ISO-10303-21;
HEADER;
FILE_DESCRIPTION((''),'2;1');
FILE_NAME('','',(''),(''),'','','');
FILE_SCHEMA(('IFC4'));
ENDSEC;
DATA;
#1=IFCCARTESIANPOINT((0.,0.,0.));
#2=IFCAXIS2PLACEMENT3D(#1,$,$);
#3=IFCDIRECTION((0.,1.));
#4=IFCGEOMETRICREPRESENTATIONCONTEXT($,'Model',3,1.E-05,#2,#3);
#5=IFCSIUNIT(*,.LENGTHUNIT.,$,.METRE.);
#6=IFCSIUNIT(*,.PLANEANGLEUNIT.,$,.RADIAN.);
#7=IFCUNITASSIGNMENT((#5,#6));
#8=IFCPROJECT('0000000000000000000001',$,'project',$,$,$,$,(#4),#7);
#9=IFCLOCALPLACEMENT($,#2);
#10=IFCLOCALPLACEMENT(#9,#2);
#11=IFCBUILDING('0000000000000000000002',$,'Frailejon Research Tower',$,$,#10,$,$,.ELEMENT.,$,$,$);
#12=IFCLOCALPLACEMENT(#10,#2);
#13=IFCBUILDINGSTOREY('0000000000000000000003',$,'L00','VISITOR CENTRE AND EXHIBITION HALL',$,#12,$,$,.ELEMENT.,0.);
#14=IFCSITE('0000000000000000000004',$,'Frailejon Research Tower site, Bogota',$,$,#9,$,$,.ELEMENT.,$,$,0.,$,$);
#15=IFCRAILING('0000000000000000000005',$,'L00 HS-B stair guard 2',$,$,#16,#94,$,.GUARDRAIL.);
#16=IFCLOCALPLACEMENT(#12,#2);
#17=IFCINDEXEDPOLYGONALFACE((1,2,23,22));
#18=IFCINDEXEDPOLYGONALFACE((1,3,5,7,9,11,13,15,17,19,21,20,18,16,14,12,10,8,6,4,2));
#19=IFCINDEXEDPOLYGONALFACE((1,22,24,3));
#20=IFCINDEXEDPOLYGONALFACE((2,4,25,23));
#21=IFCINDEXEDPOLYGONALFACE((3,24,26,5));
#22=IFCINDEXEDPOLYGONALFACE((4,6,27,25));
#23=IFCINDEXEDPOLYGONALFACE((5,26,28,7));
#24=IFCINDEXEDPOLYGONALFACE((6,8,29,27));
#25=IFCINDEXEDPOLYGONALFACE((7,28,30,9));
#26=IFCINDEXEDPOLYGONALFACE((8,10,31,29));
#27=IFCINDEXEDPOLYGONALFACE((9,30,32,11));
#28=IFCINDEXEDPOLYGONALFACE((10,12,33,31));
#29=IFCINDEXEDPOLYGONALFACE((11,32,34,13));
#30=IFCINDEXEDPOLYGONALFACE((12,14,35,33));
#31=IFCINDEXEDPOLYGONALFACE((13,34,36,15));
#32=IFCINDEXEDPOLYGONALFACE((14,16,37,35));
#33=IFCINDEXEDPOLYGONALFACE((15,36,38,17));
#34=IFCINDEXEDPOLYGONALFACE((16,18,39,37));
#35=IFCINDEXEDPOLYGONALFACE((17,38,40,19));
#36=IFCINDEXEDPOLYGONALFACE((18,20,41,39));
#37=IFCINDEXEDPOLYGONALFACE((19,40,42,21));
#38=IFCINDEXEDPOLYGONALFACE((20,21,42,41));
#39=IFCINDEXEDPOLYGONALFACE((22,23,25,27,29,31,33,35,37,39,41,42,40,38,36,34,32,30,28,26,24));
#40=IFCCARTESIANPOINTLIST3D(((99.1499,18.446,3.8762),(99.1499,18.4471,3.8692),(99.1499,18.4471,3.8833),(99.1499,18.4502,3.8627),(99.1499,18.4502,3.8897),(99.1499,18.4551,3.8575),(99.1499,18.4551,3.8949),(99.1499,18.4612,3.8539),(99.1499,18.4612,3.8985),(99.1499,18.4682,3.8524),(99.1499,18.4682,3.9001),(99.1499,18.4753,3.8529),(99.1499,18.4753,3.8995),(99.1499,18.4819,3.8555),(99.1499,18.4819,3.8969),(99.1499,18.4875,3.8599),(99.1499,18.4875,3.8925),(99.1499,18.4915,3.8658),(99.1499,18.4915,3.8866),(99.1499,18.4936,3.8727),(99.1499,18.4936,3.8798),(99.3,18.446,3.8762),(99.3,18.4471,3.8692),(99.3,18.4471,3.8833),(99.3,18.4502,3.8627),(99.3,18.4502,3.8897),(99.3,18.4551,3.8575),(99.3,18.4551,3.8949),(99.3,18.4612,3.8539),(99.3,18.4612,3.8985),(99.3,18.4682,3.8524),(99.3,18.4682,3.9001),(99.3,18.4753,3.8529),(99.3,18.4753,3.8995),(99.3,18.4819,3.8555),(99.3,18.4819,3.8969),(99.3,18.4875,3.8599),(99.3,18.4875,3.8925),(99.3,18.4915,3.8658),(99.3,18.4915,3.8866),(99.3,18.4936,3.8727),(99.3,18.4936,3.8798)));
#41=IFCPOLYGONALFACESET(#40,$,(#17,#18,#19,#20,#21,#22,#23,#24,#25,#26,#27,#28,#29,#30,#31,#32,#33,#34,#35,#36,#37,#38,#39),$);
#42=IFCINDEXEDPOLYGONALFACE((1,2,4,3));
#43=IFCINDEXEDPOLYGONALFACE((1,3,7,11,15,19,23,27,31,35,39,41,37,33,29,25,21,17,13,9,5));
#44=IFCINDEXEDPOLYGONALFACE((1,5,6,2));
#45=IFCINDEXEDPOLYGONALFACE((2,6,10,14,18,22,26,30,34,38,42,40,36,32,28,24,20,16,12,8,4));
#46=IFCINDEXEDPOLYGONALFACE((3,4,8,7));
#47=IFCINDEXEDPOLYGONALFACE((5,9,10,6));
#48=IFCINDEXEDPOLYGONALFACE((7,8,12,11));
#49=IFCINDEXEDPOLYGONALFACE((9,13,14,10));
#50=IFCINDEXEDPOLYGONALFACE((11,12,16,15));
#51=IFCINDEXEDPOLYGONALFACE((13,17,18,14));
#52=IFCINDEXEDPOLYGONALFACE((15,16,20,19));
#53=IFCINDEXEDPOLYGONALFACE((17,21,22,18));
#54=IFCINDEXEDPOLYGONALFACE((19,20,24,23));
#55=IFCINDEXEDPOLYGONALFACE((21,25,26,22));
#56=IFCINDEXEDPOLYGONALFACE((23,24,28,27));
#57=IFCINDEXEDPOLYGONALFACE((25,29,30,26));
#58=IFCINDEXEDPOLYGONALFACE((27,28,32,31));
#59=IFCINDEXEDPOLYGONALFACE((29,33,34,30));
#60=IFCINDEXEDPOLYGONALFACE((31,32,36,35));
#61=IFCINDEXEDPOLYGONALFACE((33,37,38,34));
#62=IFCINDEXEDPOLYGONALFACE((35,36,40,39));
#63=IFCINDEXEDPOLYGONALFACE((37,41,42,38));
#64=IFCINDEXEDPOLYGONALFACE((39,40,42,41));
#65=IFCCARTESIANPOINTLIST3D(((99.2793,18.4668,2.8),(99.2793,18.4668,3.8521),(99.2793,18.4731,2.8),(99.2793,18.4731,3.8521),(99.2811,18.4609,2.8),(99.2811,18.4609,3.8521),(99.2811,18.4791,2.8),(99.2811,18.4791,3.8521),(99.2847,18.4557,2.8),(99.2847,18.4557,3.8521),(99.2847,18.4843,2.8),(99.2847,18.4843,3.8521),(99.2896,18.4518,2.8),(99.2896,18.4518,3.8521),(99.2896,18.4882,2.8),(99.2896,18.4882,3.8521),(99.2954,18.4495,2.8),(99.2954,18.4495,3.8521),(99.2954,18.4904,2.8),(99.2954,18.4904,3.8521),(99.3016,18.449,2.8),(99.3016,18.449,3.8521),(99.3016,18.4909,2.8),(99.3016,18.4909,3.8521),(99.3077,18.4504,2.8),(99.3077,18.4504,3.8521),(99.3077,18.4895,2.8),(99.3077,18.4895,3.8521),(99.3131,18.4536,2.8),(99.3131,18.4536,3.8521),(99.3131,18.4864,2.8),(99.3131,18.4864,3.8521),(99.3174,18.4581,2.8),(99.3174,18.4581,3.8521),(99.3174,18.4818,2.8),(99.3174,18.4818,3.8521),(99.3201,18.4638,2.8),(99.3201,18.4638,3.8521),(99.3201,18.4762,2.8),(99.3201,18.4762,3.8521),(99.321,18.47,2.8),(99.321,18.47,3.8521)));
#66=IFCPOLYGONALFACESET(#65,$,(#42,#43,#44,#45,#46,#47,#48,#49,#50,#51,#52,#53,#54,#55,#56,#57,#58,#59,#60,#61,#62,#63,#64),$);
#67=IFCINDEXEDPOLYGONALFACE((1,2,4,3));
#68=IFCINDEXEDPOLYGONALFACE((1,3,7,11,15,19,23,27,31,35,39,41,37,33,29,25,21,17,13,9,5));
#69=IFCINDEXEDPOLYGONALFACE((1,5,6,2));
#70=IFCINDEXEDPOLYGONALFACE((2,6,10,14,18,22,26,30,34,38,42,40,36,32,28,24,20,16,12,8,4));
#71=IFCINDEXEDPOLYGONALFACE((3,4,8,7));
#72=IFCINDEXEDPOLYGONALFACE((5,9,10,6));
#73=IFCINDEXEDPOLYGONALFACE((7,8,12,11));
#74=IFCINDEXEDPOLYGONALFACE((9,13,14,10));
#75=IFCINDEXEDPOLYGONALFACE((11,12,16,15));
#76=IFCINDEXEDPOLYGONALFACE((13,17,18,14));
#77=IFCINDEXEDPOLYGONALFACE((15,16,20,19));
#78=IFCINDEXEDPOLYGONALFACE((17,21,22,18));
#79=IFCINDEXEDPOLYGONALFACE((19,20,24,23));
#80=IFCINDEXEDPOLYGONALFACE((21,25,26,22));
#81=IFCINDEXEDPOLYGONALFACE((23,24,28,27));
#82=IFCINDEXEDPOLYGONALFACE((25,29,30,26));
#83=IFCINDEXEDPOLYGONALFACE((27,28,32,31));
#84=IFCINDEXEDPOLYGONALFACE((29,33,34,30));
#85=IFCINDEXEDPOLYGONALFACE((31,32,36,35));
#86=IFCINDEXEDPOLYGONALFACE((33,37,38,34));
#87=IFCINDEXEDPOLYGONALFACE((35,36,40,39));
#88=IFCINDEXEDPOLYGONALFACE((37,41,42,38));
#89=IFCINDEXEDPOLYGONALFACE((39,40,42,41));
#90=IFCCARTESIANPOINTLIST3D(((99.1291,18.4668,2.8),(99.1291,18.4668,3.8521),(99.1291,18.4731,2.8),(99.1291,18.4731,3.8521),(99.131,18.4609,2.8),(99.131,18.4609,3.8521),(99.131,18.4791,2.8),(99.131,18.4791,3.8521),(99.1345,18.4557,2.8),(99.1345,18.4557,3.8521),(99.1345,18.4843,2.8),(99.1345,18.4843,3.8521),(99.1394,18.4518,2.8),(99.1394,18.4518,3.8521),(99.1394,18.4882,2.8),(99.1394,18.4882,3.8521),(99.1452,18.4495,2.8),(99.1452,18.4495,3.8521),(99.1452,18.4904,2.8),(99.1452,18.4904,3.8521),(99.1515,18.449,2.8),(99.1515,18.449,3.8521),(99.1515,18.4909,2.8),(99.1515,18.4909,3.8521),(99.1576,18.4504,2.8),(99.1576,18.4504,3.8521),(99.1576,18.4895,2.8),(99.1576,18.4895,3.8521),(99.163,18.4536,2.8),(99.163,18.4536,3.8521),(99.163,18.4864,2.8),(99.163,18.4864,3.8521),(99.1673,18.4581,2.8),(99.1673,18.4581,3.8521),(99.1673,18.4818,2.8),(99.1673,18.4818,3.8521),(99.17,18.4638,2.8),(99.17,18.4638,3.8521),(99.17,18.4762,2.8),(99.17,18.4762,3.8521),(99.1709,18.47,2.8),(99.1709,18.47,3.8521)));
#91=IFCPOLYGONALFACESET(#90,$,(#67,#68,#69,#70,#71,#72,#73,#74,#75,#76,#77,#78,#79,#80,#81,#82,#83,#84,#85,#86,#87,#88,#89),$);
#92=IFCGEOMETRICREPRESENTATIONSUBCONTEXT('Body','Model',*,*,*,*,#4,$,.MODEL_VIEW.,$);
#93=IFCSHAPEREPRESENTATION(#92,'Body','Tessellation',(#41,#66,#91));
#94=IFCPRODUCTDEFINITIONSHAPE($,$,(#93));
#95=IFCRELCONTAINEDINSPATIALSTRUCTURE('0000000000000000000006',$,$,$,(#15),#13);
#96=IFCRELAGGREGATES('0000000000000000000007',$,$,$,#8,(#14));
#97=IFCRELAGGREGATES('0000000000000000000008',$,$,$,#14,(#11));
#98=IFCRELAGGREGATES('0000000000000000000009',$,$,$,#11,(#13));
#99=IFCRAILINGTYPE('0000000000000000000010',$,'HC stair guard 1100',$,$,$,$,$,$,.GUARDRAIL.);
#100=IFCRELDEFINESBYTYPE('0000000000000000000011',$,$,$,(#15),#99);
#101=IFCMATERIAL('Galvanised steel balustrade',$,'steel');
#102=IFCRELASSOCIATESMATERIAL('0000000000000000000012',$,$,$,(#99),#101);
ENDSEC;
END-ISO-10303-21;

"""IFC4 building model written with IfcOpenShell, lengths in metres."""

from ifc_helpers import new_model, si_unit, direction, frame, origin, origin_2d, place, context, subcontext, project, spatial, circle, extrude, material, type_object, element, save


model = new_model("IFC4")

# Units and contexts
model_context = context("Model", 3, precision=1e-05, world=origin(), true_north=direction((0.0, 1.0)))
body_context = subcontext(model_context, "Body", "Model", "MODEL_VIEW")
ifc_project = project(units=[si_unit("LENGTHUNIT", "METRE"), si_unit("PLANEANGLEUNIT", "RADIAN")], contexts=[model_context])

# Site, building, storey
site_placement = place(None, origin())
site = spatial("IfcSite", under=ifc_project, at=site_placement, Name="Frailejon Research Tower site, Bogota", CompositionType="ELEMENT", RefElevation=0.0)
building_placement = place(site_placement, origin())
building = spatial("IfcBuilding", under=site, at=building_placement, Name="Frailejon Research Tower", CompositionType="ELEMENT")
storey_placement = place(building_placement, origin())
storey = spatial("IfcBuildingStorey", under=building, at=storey_placement, Name="L00", Description="VISITOR CENTRE AND EXHIBITION HALL", CompositionType="ELEMENT", Elevation=0.0)

# Railing
ifc_material_1 = material(Name="Galvanised steel balustrade", Category="steel")
railing_type_1 = type_object("IfcRailingType", Name="HC stair guard 1100", PredefinedType="GUARDRAIL", material=ifc_material_1)
railing_1_placement = place(storey_placement, frame((99.3, 18.47, 2.8)))
element("IfcRailing", 1, at=railing_1_placement, inside=storey, type_object=railing_type_1, Name="L00 HS-B stair guard 2", PredefinedType="GUARDRAIL", context=body_context, shape_type="SweptSolid", body=[
    extrude(circle(Radius=0.0239, at=origin_2d()), frame((0.0, 0.0, 1.0762), z_axis=(-1.0, 0.0, 0.0), x_axis=(0.0, -1.0, 0.0)), (0.0, 0.0, 1.0), 0.1501),
    extrude(circle(Radius=0.021, at=origin_2d()), origin(), (0.0, 0.0, 1.0), 1.052),
    extrude(circle(Radius=0.021, at=origin_2d()), frame((-0.1501, 0.0, 0.0)), (0.0, 0.0, 1.0), 1.052),
])

save(model, "model.ifc")
